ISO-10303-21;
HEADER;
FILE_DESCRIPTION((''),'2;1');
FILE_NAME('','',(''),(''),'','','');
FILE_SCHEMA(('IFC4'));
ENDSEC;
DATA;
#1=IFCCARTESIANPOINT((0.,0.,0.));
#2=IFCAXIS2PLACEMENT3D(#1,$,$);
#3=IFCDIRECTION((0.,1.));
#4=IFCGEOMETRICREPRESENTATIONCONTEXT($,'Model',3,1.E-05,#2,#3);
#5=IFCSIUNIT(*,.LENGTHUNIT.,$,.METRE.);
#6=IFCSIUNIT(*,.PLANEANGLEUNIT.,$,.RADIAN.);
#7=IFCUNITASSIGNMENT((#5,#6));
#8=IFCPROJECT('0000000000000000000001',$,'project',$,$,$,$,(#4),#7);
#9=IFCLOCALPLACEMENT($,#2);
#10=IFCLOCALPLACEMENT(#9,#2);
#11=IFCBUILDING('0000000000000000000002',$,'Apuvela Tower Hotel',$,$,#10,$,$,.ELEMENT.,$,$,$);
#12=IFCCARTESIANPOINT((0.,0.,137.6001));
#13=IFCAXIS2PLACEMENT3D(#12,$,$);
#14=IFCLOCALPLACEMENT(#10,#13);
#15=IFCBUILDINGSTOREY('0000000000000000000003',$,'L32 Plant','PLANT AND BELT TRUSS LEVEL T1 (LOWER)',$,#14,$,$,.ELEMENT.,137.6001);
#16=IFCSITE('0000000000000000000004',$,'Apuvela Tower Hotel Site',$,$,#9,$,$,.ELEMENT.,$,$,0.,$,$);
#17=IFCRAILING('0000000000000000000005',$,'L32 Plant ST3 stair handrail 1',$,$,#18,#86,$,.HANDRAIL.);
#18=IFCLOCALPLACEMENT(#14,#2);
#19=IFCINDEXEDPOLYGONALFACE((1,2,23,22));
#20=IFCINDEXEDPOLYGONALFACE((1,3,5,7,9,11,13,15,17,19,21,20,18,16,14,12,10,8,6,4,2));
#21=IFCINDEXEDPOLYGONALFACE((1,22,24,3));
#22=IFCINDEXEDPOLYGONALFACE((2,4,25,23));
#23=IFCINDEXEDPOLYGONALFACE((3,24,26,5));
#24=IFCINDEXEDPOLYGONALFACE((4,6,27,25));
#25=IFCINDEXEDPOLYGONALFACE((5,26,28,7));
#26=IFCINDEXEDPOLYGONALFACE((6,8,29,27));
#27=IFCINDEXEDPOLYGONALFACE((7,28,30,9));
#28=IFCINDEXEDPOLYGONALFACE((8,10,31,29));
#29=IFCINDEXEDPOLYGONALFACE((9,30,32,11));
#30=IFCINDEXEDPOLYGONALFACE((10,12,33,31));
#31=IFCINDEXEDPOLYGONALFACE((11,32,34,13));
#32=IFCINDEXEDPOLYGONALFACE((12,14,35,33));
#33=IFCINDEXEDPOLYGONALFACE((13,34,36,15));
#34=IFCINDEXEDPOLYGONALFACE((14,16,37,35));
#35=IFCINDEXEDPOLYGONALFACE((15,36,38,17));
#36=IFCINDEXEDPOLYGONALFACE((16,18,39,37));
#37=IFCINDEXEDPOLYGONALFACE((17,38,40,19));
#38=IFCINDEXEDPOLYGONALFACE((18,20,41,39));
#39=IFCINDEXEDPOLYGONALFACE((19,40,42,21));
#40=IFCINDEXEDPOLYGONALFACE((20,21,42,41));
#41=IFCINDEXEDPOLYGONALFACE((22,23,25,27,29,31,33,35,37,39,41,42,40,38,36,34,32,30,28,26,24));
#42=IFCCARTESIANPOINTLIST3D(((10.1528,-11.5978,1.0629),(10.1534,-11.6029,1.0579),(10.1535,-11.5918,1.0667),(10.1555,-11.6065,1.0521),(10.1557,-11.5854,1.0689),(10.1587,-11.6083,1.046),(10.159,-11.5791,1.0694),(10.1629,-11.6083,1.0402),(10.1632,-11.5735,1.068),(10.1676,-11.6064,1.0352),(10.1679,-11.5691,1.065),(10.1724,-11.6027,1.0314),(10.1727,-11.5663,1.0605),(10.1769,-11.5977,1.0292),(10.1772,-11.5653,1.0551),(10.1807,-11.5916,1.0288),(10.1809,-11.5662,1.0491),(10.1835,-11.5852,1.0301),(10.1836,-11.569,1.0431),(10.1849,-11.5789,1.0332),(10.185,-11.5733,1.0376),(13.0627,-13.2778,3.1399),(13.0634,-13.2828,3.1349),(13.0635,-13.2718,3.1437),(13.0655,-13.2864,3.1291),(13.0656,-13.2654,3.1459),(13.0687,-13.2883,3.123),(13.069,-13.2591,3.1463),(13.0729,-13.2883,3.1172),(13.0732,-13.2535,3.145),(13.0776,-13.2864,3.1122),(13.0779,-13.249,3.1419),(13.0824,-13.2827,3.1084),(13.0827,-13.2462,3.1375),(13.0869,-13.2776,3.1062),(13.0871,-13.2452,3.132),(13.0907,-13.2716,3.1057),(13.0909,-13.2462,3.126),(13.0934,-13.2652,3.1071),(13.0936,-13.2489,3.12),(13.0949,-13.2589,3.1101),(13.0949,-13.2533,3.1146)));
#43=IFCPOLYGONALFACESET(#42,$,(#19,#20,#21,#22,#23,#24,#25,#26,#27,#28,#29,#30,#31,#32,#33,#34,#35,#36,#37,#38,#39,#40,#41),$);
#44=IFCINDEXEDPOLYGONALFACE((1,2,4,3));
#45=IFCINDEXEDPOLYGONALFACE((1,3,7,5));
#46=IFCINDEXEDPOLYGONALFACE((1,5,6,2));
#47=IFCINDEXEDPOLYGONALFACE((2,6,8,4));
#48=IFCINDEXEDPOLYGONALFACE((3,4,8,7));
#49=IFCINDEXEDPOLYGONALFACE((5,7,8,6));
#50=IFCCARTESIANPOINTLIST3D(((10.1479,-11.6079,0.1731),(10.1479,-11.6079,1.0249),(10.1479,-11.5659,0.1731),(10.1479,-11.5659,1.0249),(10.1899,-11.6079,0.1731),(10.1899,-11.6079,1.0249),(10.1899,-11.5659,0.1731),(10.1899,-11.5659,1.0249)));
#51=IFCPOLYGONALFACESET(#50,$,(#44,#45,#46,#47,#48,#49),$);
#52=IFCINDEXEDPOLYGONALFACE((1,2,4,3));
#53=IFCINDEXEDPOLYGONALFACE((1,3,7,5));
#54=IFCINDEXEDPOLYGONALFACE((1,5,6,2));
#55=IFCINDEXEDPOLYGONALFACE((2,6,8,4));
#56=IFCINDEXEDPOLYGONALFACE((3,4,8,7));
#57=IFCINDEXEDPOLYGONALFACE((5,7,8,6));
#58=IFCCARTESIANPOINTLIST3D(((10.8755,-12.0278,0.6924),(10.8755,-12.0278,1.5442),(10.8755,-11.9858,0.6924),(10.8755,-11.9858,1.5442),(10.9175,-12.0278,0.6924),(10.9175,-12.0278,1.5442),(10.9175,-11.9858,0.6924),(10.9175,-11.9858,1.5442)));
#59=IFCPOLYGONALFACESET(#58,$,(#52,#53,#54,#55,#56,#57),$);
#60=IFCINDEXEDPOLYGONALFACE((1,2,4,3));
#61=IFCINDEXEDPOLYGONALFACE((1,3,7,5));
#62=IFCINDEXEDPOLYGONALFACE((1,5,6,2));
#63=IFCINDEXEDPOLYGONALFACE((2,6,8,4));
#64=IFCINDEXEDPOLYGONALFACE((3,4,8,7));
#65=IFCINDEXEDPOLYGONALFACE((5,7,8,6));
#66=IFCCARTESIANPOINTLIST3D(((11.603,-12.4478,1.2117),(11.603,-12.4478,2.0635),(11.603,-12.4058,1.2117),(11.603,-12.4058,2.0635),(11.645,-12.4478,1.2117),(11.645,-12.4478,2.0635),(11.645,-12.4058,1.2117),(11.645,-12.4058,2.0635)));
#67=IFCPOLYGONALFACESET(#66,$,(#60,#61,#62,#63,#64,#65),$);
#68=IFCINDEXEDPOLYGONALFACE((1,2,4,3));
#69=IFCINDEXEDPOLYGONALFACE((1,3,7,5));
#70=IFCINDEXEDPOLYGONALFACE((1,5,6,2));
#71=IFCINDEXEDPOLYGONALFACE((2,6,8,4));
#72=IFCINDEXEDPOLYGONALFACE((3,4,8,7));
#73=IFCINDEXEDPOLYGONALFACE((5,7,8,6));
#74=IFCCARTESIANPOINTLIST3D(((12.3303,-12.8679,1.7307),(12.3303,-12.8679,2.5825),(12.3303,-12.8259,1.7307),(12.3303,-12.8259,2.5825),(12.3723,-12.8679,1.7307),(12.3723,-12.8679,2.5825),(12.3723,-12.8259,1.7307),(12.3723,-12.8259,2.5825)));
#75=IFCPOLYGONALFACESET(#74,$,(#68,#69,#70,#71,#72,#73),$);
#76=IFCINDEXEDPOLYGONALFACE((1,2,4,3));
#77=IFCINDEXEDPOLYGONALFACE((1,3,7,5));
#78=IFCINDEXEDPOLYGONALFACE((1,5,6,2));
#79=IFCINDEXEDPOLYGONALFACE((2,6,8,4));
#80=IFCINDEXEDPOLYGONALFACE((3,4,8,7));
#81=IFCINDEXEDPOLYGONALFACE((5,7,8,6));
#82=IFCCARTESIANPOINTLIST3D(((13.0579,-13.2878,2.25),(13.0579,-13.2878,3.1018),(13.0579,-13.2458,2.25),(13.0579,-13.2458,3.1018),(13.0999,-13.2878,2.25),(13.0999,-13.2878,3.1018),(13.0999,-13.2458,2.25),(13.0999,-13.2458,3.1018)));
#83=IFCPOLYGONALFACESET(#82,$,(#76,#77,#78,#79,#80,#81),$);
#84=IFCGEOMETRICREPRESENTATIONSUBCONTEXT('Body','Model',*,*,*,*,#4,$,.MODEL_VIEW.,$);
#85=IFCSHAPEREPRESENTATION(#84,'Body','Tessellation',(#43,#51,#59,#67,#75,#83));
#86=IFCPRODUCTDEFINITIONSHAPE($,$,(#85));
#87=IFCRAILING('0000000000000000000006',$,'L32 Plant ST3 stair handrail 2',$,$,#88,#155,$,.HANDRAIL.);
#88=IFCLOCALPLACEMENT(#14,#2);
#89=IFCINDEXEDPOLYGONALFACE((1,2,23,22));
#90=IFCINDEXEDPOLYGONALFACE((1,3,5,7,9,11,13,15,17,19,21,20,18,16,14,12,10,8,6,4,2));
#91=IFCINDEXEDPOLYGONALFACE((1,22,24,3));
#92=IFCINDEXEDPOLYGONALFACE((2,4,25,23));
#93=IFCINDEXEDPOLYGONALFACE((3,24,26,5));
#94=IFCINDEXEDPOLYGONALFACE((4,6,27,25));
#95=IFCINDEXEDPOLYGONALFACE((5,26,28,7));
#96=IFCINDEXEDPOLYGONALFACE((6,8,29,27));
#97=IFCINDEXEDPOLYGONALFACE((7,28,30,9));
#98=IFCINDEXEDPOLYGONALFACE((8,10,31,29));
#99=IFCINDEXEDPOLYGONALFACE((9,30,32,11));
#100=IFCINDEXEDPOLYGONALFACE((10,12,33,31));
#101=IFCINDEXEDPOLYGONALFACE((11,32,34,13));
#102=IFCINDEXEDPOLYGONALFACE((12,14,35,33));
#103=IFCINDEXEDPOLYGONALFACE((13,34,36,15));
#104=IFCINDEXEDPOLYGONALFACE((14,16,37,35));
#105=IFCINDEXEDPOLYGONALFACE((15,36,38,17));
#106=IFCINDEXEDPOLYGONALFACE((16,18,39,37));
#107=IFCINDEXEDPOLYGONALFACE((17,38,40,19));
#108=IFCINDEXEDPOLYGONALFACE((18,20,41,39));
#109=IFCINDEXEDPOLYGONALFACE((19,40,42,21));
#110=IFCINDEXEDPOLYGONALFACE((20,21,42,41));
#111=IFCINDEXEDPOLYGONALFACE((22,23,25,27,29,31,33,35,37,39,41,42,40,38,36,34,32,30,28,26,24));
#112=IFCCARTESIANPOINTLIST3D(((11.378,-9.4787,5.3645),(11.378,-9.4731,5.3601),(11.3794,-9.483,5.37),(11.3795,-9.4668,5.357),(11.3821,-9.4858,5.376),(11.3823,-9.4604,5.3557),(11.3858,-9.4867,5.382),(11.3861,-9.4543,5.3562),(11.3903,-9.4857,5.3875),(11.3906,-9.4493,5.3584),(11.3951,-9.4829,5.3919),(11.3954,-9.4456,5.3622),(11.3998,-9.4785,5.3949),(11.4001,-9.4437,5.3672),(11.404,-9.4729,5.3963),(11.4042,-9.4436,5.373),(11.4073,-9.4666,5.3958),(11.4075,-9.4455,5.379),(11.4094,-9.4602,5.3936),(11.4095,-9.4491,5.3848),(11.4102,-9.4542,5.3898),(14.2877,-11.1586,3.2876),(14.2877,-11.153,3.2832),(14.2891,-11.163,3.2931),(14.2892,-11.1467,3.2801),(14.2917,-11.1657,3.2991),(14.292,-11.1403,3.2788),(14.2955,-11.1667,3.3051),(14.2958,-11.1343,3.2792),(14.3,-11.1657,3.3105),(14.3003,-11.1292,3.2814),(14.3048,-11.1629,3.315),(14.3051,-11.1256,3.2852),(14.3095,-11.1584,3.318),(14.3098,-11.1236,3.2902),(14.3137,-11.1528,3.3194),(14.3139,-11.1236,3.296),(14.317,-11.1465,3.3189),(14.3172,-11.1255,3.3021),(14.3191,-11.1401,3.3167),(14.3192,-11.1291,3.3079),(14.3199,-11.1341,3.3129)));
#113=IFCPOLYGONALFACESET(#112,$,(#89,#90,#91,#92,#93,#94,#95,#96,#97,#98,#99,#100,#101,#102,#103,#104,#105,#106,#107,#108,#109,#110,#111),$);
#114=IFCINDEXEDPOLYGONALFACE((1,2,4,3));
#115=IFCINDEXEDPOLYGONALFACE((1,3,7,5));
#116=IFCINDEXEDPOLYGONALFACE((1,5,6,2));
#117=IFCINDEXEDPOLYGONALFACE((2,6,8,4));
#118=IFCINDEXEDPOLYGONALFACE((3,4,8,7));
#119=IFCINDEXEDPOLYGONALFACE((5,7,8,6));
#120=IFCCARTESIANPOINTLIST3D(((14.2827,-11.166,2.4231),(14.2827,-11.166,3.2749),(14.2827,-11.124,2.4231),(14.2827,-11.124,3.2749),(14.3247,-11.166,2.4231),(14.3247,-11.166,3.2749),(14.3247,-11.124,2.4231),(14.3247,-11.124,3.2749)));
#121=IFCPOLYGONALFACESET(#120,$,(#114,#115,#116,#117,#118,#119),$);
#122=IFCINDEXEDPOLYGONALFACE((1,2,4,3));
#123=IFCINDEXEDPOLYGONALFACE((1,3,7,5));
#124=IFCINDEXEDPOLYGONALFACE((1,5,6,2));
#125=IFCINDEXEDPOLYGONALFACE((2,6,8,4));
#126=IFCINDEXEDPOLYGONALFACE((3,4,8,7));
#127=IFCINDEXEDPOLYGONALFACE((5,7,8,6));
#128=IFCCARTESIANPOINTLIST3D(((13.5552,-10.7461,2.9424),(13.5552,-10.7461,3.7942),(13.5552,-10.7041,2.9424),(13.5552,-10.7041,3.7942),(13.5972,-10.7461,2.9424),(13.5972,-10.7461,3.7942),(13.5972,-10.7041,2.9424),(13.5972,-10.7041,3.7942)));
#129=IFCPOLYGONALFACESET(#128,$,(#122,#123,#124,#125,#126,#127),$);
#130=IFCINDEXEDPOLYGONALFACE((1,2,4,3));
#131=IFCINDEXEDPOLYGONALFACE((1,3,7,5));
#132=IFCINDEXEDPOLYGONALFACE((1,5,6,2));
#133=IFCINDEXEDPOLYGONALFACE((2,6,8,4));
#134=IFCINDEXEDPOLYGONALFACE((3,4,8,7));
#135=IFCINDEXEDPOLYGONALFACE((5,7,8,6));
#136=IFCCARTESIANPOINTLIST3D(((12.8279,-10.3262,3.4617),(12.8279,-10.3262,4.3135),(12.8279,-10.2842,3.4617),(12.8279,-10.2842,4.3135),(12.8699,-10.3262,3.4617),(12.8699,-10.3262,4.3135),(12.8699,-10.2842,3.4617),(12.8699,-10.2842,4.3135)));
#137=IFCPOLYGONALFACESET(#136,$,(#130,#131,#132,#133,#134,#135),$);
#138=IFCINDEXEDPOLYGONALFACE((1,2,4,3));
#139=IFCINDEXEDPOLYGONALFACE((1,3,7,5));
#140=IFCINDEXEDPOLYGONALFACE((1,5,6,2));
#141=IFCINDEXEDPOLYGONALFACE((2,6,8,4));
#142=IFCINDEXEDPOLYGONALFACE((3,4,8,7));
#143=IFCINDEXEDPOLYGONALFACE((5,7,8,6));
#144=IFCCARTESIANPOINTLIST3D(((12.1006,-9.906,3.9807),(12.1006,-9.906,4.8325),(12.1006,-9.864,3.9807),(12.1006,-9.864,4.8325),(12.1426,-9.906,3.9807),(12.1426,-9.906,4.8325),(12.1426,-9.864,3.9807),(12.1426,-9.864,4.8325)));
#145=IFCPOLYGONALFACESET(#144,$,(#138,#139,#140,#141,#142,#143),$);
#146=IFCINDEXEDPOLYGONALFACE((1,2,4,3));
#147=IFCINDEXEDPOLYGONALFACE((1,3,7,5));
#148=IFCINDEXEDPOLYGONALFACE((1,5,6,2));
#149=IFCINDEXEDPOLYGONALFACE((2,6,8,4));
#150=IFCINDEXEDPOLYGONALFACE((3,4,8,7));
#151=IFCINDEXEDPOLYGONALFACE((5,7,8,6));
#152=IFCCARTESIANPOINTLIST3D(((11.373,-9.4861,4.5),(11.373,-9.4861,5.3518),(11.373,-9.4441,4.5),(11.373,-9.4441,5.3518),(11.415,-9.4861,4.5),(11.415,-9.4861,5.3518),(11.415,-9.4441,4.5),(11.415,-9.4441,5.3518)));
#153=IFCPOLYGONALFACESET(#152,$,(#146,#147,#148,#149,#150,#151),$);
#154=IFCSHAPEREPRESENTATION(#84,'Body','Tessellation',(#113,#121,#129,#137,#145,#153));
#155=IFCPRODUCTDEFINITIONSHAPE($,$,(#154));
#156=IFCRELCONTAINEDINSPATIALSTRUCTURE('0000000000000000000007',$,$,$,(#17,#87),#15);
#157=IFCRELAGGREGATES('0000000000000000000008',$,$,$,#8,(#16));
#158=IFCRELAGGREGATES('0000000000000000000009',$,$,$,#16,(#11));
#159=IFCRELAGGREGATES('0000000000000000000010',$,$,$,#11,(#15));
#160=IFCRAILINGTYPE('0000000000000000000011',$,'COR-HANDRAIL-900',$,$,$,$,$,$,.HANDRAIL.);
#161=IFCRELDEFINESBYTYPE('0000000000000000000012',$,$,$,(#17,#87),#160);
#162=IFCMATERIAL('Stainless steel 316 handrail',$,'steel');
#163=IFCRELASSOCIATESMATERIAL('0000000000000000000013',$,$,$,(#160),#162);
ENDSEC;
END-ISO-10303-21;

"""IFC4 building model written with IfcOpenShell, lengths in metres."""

from ifc_helpers import new_model, si_unit, direction, frame, origin, origin_2d, place, context, subcontext, project, spatial, rectangle, circle, extrude, material, type_object, element, save


model = new_model("IFC4")

# Units and contexts
model_context = context("Model", 3, precision=1e-05, world=origin(), true_north=direction((0.0, 1.0)))
body_context = subcontext(model_context, "Body", "Model", "MODEL_VIEW")
ifc_project = project(units=[si_unit("LENGTHUNIT", "METRE"), si_unit("PLANEANGLEUNIT", "RADIAN")], contexts=[model_context])

# Site, building, storey
site_placement = place(None, origin())
site = spatial("IfcSite", under=ifc_project, at=site_placement, Name="Apuvela Tower Hotel Site", CompositionType="ELEMENT", RefElevation=0.0)
building_placement = place(site_placement, origin())
building = spatial("IfcBuilding", under=site, at=building_placement, Name="Apuvela Tower Hotel", CompositionType="ELEMENT")
storey_placement = place(building_placement, frame((0.0, 0.0, 137.6001)))
storey = spatial("IfcBuildingStorey", under=building, at=storey_placement, Name="L32 Plant", Description="PLANT AND BELT TRUSS LEVEL T1 (LOWER)", CompositionType="ELEMENT", Elevation=137.6001)

# Railings
ifc_material_1 = material(Name="Stainless steel 316 handrail", Category="steel")
railing_type_1 = type_object("IfcRailingType", Name="COR-HANDRAIL-900", PredefinedType="HANDRAIL", material=ifc_material_1)
railing_1_placement = place(storey_placement, frame((10.1689, -11.5869, 0.1731)))
element("IfcRailing", 1, at=railing_1_placement, inside=storey, type_object=railing_type_1, Name="L32 Plant ST3 stair handrail 1", PredefinedType="HANDRAIL", context=body_context, shape_type="SweptSolid", body=[
    extrude(circle(Radius=0.0239, at=origin_2d()), frame((0.0, 0.0, 0.876), z_axis=(0.736668, -0.425288, 0.525785), x_axis=(0.499976, 0.866039, 0.0)), (0.0, 0.0, 1.0), 3.9502),
    extrude(rectangle(XDim=0.042, YDim=0.042, at=origin_2d()), origin(), (0.0, 0.0, 1.0), 0.8518),
    extrude(rectangle(XDim=0.042, YDim=0.042, at=origin_2d()), frame((0.7275, -0.4199, 0.5193)), (0.0, 0.0, 1.0), 0.8518),
    extrude(rectangle(XDim=0.042, YDim=0.042, at=origin_2d()), frame((1.4551, -0.8398, 1.0386)), (0.0, 0.0, 1.0), 0.8518),
    extrude(rectangle(XDim=0.042, YDim=0.042, at=origin_2d()), frame((2.1824, -1.26, 1.5576)), (0.0, 0.0, 1.0), 0.8518),
    extrude(rectangle(XDim=0.042, YDim=0.042, at=origin_2d()), frame((2.9099, -1.6799, 2.0769)), (0.0, 0.0, 1.0), 0.8518),
])
railing_2_placement = place(storey_placement, frame((14.3037, -11.145, 2.4231)))
element("IfcRailing", 2, at=railing_2_placement, inside=storey, type_object=railing_type_1, Name="L32 Plant ST3 stair handrail 2", PredefinedType="HANDRAIL", context=body_context, shape_type="SweptSolid", body=[
    extrude(circle(Radius=0.0239, at=origin_2d()), frame((0.0, 0.0, 0.876), z_axis=(-0.73664, 0.425308, 0.525809), x_axis=(-0.500008, -0.866021, 0.0)), (0.0, 0.0, 1.0), 3.95),
    extrude(rectangle(XDim=0.042, YDim=0.042, at=origin_2d()), origin(), (0.0, 0.0, 1.0), 0.8518),
    extrude(rectangle(XDim=0.042, YDim=0.042, at=origin_2d()), frame((-0.7275, 0.4199, 0.5193)), (0.0, 0.0, 1.0), 0.8518),
    extrude(rectangle(XDim=0.042, YDim=0.042, at=origin_2d()), frame((-1.4548, 0.8398, 1.0386)), (0.0, 0.0, 1.0), 0.8518),
    extrude(rectangle(XDim=0.042, YDim=0.042, at=origin_2d()), frame((-2.1821, 1.26, 1.5576)), (0.0, 0.0, 1.0), 0.8518),
    extrude(rectangle(XDim=0.042, YDim=0.042, at=origin_2d()), frame((-2.9097, 1.6799, 2.0769)), (0.0, 0.0, 1.0), 0.8518),
])

save(model, "model.ifc")
